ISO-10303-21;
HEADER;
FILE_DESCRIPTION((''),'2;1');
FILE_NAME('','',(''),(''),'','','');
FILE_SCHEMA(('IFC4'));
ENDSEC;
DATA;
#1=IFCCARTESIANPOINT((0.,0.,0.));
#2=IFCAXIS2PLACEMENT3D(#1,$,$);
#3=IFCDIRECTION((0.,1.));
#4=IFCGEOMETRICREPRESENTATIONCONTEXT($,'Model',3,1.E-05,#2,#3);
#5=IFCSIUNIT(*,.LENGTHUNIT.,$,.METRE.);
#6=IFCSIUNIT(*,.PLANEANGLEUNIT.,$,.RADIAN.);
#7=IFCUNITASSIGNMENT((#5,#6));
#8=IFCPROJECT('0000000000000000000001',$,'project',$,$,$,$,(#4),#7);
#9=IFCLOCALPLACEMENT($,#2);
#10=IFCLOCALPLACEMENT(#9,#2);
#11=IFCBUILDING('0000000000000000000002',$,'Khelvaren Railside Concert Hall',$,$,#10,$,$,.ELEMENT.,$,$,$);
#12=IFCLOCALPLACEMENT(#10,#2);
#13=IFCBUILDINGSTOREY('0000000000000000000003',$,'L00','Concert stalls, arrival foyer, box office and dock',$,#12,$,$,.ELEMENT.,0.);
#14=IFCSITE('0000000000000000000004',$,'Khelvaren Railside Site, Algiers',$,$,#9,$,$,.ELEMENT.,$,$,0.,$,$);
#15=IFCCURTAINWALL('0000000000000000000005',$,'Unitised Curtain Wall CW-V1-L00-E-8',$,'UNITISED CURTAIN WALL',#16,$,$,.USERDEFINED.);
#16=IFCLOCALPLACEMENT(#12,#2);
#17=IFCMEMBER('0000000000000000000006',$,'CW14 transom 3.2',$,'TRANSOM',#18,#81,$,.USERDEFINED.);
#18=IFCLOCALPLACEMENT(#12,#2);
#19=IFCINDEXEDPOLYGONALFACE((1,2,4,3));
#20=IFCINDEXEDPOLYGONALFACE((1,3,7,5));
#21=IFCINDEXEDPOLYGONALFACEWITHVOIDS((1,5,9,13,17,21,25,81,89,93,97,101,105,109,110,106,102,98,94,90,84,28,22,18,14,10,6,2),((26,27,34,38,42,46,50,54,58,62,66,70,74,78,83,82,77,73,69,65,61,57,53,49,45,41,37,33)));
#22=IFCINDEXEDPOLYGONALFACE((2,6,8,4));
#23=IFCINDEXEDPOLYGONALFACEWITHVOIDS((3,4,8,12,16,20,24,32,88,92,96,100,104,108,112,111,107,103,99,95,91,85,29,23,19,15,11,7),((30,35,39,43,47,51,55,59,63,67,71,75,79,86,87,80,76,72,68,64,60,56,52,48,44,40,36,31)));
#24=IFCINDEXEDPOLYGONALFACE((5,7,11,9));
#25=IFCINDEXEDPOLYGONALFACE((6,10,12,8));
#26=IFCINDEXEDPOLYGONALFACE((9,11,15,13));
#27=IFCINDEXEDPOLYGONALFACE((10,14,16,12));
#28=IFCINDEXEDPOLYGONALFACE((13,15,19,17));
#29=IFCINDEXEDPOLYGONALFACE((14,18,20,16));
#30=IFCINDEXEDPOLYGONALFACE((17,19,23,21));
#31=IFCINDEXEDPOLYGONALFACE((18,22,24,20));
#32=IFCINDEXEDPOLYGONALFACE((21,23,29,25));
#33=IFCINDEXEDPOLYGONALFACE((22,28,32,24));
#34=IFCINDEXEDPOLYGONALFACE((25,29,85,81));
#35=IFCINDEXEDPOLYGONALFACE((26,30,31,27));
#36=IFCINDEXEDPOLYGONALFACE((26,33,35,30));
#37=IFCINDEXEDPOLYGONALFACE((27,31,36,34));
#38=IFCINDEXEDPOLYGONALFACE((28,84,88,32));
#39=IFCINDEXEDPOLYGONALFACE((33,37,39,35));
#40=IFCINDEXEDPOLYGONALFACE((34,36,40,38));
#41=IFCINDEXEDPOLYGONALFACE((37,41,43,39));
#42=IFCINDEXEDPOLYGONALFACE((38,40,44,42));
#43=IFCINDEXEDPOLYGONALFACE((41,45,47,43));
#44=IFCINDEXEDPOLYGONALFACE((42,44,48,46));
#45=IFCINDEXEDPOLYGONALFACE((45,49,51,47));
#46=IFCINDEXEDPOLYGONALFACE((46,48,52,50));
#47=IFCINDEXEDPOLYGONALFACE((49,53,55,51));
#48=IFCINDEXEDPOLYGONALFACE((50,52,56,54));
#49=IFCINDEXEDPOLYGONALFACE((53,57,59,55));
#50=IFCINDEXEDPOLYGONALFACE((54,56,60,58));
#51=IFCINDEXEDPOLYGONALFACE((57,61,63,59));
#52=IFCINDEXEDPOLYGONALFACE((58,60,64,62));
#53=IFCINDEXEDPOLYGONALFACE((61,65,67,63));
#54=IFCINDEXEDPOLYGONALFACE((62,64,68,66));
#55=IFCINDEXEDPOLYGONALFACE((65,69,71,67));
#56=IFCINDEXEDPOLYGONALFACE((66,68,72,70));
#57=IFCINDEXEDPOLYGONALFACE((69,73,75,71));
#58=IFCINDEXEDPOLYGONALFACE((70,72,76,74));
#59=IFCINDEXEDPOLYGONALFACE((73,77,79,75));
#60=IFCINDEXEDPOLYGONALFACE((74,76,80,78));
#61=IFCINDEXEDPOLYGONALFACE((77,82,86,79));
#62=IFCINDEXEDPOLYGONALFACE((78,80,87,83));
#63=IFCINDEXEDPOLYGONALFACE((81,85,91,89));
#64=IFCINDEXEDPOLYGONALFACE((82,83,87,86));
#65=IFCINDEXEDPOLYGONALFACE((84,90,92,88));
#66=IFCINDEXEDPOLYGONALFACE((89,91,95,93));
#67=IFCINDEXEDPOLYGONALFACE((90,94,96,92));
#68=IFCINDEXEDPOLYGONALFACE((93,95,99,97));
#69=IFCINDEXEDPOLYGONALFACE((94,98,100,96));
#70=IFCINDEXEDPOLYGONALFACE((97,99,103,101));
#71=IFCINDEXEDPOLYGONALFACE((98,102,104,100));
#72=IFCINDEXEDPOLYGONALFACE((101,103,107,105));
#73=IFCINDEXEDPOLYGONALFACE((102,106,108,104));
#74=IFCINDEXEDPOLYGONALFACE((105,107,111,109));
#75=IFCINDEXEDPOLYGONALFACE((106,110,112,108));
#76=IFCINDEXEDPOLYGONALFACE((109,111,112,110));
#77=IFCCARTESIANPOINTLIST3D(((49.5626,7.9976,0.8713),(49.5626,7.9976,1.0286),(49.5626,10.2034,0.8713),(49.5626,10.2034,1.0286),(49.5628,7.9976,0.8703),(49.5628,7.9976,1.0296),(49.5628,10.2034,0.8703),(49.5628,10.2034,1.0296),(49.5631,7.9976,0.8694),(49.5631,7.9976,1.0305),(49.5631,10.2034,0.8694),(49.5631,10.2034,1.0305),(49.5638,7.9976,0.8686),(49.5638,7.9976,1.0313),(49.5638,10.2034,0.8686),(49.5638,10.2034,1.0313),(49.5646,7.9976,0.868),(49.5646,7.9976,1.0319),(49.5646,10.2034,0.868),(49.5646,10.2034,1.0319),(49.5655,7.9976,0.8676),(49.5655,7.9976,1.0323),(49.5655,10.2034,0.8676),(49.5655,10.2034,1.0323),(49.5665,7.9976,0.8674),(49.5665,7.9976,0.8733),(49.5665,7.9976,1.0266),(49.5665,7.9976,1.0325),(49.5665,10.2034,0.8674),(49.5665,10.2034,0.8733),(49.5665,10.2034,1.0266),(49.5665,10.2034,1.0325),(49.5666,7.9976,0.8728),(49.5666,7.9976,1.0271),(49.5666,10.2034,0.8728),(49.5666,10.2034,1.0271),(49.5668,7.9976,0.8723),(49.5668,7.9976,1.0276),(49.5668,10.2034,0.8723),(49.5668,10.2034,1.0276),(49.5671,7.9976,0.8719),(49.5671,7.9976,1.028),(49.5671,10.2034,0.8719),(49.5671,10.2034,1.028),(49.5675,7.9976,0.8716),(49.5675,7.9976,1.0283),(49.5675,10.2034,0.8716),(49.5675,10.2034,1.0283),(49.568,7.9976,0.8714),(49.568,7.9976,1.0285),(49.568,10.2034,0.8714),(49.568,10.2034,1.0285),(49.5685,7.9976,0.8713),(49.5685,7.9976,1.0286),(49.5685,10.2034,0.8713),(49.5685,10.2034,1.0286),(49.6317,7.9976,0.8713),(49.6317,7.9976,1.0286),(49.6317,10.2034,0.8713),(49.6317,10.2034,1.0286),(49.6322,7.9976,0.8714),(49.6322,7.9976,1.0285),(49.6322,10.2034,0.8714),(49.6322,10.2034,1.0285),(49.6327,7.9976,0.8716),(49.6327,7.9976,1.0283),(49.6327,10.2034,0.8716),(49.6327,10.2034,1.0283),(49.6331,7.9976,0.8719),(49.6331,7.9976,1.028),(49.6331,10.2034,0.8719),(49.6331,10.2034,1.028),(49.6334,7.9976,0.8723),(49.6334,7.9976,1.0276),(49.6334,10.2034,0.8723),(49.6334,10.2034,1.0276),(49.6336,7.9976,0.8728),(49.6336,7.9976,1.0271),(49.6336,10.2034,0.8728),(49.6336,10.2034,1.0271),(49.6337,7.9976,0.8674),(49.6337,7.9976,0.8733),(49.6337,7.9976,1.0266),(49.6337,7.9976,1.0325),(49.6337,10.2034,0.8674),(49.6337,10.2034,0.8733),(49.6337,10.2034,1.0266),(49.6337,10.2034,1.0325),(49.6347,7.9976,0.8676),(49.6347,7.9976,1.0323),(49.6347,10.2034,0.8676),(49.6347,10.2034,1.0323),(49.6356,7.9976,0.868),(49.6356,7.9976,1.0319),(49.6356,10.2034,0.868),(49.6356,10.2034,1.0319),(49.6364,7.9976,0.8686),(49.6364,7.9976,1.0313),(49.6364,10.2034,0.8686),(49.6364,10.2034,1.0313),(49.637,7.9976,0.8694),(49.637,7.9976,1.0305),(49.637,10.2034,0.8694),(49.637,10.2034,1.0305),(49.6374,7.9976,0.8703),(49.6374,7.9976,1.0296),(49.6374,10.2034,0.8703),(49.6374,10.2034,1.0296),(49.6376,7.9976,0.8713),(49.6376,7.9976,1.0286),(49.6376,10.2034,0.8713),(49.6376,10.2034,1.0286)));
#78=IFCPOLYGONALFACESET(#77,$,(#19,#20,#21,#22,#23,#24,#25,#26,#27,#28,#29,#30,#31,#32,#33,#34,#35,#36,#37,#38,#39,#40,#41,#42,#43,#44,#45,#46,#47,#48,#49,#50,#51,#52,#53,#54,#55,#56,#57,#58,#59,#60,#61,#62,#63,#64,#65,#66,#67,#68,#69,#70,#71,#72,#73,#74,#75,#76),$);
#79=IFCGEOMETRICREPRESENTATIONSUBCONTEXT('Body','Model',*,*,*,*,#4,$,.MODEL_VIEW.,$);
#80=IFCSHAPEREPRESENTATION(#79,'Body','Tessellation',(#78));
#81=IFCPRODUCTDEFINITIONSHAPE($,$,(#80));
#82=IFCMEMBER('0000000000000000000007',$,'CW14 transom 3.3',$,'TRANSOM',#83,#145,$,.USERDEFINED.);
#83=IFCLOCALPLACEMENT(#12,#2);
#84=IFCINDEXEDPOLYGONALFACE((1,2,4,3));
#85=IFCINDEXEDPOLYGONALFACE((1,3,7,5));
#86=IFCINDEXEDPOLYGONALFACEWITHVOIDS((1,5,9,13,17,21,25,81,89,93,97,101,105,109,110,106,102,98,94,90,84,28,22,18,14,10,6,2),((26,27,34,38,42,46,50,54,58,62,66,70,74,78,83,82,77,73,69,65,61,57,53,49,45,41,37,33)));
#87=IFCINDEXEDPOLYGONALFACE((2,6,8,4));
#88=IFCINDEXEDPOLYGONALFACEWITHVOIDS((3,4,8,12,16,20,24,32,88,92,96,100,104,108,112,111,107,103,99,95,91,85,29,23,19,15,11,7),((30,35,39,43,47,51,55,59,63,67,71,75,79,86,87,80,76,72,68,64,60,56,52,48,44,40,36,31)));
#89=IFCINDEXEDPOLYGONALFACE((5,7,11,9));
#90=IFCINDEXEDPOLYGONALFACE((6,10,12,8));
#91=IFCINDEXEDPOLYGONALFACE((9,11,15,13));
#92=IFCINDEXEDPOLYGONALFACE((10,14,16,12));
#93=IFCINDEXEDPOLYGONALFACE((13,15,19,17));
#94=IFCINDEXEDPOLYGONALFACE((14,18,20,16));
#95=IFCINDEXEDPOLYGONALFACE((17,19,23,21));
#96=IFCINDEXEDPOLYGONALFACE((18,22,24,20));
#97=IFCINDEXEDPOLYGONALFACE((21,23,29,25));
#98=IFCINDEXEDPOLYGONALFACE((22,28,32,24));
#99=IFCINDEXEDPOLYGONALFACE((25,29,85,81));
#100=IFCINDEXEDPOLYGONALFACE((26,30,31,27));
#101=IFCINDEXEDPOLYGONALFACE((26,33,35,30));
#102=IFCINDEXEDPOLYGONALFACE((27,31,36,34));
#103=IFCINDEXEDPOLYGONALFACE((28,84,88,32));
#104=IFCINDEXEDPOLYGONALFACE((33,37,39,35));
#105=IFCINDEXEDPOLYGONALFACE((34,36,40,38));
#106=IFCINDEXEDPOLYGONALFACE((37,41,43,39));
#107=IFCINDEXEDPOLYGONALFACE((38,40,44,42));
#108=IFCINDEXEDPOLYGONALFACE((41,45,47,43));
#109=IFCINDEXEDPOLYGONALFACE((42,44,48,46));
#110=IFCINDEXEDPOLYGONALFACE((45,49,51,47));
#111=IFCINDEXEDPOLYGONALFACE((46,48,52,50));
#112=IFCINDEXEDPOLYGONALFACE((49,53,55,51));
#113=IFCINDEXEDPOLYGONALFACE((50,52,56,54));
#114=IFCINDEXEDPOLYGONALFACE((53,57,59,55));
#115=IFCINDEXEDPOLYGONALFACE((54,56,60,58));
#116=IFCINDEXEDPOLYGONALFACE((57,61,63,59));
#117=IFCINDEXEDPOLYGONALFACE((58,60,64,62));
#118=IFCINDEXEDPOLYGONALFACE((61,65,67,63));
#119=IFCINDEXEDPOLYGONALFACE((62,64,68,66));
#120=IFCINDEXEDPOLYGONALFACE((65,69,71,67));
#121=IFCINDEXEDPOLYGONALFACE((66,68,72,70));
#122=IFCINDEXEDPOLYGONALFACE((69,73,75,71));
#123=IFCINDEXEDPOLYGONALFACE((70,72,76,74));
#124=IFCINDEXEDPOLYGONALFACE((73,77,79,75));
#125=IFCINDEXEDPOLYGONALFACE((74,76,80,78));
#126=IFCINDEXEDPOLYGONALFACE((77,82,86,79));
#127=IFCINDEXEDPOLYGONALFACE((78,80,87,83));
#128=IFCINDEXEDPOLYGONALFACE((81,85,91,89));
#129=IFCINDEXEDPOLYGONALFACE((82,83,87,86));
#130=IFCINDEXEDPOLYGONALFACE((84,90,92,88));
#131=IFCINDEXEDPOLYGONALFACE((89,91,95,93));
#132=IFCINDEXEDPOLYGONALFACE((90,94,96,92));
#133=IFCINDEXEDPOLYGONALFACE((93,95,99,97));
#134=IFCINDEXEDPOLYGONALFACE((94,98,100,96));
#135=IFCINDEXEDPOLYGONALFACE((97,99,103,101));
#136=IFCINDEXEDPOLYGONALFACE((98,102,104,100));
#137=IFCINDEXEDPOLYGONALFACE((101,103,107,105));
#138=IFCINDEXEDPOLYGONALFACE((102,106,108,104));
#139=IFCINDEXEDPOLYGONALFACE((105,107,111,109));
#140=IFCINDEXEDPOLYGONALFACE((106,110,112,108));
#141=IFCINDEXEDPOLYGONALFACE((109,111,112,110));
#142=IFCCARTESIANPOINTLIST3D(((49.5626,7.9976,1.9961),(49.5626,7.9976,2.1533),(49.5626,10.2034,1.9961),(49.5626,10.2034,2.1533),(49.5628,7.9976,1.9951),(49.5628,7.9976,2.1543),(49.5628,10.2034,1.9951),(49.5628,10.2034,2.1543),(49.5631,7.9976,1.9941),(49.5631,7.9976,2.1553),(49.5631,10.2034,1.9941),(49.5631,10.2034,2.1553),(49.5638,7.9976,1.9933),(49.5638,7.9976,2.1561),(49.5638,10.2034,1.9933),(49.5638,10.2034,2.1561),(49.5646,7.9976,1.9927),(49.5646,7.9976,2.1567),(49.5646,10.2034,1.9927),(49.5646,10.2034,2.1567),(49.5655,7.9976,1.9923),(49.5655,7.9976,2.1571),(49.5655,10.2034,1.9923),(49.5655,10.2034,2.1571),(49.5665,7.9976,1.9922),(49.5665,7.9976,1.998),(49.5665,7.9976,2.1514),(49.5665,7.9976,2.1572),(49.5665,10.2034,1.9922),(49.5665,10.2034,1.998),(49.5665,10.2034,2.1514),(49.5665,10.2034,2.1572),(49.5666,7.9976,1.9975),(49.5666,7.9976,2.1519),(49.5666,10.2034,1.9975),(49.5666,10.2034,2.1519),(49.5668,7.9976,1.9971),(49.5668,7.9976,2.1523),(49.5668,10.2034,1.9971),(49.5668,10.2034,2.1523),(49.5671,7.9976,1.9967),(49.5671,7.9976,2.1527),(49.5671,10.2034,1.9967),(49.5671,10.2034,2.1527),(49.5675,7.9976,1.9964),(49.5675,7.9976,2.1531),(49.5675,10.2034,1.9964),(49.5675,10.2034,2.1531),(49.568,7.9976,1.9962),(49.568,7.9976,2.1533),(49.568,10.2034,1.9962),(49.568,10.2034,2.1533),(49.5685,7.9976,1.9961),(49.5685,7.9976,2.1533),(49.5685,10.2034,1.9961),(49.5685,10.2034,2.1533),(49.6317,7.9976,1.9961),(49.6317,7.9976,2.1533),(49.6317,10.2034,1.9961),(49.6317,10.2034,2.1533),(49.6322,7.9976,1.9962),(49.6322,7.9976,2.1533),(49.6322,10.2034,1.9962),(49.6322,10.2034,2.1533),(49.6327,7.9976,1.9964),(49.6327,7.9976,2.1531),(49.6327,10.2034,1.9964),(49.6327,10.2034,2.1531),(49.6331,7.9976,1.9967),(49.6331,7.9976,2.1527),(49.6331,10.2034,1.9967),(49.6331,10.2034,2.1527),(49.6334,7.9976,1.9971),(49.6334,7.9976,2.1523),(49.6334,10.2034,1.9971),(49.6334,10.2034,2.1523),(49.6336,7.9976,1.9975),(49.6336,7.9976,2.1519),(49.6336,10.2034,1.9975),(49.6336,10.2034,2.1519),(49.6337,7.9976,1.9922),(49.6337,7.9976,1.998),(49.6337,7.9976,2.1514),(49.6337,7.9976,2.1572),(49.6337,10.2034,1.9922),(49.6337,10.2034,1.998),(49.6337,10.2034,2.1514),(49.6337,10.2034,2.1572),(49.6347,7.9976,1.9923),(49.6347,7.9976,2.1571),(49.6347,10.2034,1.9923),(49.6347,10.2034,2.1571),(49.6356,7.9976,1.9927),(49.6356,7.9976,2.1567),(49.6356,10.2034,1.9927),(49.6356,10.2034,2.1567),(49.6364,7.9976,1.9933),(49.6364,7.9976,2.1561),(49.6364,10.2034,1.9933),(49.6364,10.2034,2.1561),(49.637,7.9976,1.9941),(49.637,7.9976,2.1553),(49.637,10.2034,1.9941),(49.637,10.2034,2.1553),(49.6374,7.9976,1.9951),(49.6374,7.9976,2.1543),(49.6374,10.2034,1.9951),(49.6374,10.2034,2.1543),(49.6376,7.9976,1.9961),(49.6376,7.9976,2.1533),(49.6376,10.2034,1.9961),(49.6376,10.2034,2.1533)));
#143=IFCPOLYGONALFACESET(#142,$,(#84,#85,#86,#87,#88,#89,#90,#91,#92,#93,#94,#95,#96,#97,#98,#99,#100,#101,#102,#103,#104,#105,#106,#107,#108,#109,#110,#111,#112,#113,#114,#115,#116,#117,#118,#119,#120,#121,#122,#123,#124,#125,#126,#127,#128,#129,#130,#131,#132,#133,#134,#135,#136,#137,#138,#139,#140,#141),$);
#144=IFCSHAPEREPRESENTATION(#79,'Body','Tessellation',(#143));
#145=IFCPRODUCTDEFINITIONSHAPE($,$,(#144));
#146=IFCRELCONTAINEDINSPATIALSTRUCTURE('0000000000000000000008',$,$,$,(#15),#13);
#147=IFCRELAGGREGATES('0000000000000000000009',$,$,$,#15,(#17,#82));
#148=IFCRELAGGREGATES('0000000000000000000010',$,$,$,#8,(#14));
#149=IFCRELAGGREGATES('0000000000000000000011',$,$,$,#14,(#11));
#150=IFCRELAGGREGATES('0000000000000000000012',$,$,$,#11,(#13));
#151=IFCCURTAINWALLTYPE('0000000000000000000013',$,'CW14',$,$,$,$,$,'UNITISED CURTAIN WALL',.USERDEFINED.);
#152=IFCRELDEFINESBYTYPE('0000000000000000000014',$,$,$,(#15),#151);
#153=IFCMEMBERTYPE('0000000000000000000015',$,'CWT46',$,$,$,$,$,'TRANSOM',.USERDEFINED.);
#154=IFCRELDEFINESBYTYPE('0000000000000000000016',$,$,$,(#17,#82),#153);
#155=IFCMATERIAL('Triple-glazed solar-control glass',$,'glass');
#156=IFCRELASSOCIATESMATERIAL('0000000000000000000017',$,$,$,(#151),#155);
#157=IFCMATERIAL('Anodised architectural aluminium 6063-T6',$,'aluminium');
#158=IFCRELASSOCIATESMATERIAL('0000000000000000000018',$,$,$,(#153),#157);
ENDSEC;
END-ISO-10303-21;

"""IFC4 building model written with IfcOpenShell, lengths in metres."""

from ifc_helpers import new_model, si_unit, direction, frame, origin, origin_2d, place, context, subcontext, project, spatial, hollow_rectangle, extrude, material, material_profile, profile_set, type_object, element, aggregate, save


model = new_model("IFC4")

# Units and contexts
model_context = context("Model", 3, precision=1e-05, world=origin(), true_north=direction((0.0, 1.0)))
body_context = subcontext(model_context, "Body", "Model", "MODEL_VIEW")
ifc_project = project(units=[si_unit("LENGTHUNIT", "METRE"), si_unit("PLANEANGLEUNIT", "RADIAN")], contexts=[model_context])

# Site, building, storey
site_placement = place(None, origin())
site = spatial("IfcSite", under=ifc_project, at=site_placement, Name="Khelvaren Railside Site, Algiers", CompositionType="ELEMENT", RefElevation=0.0)
building_placement = place(site_placement, origin())
building = spatial("IfcBuilding", under=site, at=building_placement, Name="Khelvaren Railside Concert Hall", CompositionType="ELEMENT")
storey_placement = place(building_placement, origin())
storey = spatial("IfcBuildingStorey", under=building, at=storey_placement, Name="L00", Description="Concert stalls, arrival foyer, box office and dock", CompositionType="ELEMENT", Elevation=0.0)

# Shared definitions
ifc_material_1 = material(Name="Triple-glazed solar-control glass", Category="glass")
ifc_material_2 = material(Name="Anodised architectural aluminium 6063-T6", Category="aluminium")

# Curtain wall
curtain_wall_type_1 = type_object("IfcCurtainWallType", Name="CW14", ElementType="UNITISED CURTAIN WALL", PredefinedType="USERDEFINED", material=ifc_material_1)
curtain_wall_1_placement = place(storey_placement, origin())
curtain_wall_1 = element("IfcCurtainWall", 1, at=curtain_wall_1_placement, inside=storey, type_object=curtain_wall_type_1, Name="Unitised Curtain Wall CW-V1-L00-E-8", ObjectType="UNITISED CURTAIN WALL", PredefinedType="USERDEFINED")

# Members
ifc_material_profile_1 = material_profile(ifc_material_2, hollow_rectangle(XDim=0.075, YDim=0.165, WallThickness=0.0039, InnerFilletRadius=0.002, OuterFilletRadius=0.0039, at=origin_2d()), Name="CWT 75x165x4")
ifc_profile_set_1 = profile_set([ifc_material_profile_1], Name="Anodised architectural aluminium 6063-T6")
member_type_1 = type_object("IfcMemberType", Name="CWT46", ElementType="TRANSOM", PredefinedType="USERDEFINED", material=ifc_profile_set_1)
member_1_placement = place(storey_placement, frame((49.6001, 10.2034, 0.95), z_axis=(0.0, -1.0, 0.0), x_axis=(1.0, 0.0, 0.0)))
member_1 = element("IfcMember", 2, at=member_1_placement, type_object=member_type_1, Name="CW14 transom 3.2", ObjectType="TRANSOM", PredefinedType="USERDEFINED", context=body_context, shape_type="SweptSolid", body=[
    extrude(hollow_rectangle(XDim=0.075, YDim=0.165, WallThickness=0.0039, InnerFilletRadius=0.002, OuterFilletRadius=0.0039, at=origin_2d()), origin(), (0.0, 0.0, 1.0), 2.2058),
])
member_2_placement = place(storey_placement, frame((49.6001, 10.2034, 2.0747), z_axis=(0.0, -1.0, 0.0), x_axis=(1.0, 0.0, 0.0)))
member_2 = element("IfcMember", 3, at=member_2_placement, type_object=member_type_1, Name="CW14 transom 3.3", ObjectType="TRANSOM", PredefinedType="USERDEFINED", context=body_context, shape_type="SweptSolid", body=[
    extrude(hollow_rectangle(XDim=0.075, YDim=0.165, WallThickness=0.0039, InnerFilletRadius=0.002, OuterFilletRadius=0.0039, at=origin_2d()), origin(), (0.0, 0.0, 1.0), 2.2058),
])

aggregate(curtain_wall_1, [member_1, member_2])

save(model, "model.ifc")
